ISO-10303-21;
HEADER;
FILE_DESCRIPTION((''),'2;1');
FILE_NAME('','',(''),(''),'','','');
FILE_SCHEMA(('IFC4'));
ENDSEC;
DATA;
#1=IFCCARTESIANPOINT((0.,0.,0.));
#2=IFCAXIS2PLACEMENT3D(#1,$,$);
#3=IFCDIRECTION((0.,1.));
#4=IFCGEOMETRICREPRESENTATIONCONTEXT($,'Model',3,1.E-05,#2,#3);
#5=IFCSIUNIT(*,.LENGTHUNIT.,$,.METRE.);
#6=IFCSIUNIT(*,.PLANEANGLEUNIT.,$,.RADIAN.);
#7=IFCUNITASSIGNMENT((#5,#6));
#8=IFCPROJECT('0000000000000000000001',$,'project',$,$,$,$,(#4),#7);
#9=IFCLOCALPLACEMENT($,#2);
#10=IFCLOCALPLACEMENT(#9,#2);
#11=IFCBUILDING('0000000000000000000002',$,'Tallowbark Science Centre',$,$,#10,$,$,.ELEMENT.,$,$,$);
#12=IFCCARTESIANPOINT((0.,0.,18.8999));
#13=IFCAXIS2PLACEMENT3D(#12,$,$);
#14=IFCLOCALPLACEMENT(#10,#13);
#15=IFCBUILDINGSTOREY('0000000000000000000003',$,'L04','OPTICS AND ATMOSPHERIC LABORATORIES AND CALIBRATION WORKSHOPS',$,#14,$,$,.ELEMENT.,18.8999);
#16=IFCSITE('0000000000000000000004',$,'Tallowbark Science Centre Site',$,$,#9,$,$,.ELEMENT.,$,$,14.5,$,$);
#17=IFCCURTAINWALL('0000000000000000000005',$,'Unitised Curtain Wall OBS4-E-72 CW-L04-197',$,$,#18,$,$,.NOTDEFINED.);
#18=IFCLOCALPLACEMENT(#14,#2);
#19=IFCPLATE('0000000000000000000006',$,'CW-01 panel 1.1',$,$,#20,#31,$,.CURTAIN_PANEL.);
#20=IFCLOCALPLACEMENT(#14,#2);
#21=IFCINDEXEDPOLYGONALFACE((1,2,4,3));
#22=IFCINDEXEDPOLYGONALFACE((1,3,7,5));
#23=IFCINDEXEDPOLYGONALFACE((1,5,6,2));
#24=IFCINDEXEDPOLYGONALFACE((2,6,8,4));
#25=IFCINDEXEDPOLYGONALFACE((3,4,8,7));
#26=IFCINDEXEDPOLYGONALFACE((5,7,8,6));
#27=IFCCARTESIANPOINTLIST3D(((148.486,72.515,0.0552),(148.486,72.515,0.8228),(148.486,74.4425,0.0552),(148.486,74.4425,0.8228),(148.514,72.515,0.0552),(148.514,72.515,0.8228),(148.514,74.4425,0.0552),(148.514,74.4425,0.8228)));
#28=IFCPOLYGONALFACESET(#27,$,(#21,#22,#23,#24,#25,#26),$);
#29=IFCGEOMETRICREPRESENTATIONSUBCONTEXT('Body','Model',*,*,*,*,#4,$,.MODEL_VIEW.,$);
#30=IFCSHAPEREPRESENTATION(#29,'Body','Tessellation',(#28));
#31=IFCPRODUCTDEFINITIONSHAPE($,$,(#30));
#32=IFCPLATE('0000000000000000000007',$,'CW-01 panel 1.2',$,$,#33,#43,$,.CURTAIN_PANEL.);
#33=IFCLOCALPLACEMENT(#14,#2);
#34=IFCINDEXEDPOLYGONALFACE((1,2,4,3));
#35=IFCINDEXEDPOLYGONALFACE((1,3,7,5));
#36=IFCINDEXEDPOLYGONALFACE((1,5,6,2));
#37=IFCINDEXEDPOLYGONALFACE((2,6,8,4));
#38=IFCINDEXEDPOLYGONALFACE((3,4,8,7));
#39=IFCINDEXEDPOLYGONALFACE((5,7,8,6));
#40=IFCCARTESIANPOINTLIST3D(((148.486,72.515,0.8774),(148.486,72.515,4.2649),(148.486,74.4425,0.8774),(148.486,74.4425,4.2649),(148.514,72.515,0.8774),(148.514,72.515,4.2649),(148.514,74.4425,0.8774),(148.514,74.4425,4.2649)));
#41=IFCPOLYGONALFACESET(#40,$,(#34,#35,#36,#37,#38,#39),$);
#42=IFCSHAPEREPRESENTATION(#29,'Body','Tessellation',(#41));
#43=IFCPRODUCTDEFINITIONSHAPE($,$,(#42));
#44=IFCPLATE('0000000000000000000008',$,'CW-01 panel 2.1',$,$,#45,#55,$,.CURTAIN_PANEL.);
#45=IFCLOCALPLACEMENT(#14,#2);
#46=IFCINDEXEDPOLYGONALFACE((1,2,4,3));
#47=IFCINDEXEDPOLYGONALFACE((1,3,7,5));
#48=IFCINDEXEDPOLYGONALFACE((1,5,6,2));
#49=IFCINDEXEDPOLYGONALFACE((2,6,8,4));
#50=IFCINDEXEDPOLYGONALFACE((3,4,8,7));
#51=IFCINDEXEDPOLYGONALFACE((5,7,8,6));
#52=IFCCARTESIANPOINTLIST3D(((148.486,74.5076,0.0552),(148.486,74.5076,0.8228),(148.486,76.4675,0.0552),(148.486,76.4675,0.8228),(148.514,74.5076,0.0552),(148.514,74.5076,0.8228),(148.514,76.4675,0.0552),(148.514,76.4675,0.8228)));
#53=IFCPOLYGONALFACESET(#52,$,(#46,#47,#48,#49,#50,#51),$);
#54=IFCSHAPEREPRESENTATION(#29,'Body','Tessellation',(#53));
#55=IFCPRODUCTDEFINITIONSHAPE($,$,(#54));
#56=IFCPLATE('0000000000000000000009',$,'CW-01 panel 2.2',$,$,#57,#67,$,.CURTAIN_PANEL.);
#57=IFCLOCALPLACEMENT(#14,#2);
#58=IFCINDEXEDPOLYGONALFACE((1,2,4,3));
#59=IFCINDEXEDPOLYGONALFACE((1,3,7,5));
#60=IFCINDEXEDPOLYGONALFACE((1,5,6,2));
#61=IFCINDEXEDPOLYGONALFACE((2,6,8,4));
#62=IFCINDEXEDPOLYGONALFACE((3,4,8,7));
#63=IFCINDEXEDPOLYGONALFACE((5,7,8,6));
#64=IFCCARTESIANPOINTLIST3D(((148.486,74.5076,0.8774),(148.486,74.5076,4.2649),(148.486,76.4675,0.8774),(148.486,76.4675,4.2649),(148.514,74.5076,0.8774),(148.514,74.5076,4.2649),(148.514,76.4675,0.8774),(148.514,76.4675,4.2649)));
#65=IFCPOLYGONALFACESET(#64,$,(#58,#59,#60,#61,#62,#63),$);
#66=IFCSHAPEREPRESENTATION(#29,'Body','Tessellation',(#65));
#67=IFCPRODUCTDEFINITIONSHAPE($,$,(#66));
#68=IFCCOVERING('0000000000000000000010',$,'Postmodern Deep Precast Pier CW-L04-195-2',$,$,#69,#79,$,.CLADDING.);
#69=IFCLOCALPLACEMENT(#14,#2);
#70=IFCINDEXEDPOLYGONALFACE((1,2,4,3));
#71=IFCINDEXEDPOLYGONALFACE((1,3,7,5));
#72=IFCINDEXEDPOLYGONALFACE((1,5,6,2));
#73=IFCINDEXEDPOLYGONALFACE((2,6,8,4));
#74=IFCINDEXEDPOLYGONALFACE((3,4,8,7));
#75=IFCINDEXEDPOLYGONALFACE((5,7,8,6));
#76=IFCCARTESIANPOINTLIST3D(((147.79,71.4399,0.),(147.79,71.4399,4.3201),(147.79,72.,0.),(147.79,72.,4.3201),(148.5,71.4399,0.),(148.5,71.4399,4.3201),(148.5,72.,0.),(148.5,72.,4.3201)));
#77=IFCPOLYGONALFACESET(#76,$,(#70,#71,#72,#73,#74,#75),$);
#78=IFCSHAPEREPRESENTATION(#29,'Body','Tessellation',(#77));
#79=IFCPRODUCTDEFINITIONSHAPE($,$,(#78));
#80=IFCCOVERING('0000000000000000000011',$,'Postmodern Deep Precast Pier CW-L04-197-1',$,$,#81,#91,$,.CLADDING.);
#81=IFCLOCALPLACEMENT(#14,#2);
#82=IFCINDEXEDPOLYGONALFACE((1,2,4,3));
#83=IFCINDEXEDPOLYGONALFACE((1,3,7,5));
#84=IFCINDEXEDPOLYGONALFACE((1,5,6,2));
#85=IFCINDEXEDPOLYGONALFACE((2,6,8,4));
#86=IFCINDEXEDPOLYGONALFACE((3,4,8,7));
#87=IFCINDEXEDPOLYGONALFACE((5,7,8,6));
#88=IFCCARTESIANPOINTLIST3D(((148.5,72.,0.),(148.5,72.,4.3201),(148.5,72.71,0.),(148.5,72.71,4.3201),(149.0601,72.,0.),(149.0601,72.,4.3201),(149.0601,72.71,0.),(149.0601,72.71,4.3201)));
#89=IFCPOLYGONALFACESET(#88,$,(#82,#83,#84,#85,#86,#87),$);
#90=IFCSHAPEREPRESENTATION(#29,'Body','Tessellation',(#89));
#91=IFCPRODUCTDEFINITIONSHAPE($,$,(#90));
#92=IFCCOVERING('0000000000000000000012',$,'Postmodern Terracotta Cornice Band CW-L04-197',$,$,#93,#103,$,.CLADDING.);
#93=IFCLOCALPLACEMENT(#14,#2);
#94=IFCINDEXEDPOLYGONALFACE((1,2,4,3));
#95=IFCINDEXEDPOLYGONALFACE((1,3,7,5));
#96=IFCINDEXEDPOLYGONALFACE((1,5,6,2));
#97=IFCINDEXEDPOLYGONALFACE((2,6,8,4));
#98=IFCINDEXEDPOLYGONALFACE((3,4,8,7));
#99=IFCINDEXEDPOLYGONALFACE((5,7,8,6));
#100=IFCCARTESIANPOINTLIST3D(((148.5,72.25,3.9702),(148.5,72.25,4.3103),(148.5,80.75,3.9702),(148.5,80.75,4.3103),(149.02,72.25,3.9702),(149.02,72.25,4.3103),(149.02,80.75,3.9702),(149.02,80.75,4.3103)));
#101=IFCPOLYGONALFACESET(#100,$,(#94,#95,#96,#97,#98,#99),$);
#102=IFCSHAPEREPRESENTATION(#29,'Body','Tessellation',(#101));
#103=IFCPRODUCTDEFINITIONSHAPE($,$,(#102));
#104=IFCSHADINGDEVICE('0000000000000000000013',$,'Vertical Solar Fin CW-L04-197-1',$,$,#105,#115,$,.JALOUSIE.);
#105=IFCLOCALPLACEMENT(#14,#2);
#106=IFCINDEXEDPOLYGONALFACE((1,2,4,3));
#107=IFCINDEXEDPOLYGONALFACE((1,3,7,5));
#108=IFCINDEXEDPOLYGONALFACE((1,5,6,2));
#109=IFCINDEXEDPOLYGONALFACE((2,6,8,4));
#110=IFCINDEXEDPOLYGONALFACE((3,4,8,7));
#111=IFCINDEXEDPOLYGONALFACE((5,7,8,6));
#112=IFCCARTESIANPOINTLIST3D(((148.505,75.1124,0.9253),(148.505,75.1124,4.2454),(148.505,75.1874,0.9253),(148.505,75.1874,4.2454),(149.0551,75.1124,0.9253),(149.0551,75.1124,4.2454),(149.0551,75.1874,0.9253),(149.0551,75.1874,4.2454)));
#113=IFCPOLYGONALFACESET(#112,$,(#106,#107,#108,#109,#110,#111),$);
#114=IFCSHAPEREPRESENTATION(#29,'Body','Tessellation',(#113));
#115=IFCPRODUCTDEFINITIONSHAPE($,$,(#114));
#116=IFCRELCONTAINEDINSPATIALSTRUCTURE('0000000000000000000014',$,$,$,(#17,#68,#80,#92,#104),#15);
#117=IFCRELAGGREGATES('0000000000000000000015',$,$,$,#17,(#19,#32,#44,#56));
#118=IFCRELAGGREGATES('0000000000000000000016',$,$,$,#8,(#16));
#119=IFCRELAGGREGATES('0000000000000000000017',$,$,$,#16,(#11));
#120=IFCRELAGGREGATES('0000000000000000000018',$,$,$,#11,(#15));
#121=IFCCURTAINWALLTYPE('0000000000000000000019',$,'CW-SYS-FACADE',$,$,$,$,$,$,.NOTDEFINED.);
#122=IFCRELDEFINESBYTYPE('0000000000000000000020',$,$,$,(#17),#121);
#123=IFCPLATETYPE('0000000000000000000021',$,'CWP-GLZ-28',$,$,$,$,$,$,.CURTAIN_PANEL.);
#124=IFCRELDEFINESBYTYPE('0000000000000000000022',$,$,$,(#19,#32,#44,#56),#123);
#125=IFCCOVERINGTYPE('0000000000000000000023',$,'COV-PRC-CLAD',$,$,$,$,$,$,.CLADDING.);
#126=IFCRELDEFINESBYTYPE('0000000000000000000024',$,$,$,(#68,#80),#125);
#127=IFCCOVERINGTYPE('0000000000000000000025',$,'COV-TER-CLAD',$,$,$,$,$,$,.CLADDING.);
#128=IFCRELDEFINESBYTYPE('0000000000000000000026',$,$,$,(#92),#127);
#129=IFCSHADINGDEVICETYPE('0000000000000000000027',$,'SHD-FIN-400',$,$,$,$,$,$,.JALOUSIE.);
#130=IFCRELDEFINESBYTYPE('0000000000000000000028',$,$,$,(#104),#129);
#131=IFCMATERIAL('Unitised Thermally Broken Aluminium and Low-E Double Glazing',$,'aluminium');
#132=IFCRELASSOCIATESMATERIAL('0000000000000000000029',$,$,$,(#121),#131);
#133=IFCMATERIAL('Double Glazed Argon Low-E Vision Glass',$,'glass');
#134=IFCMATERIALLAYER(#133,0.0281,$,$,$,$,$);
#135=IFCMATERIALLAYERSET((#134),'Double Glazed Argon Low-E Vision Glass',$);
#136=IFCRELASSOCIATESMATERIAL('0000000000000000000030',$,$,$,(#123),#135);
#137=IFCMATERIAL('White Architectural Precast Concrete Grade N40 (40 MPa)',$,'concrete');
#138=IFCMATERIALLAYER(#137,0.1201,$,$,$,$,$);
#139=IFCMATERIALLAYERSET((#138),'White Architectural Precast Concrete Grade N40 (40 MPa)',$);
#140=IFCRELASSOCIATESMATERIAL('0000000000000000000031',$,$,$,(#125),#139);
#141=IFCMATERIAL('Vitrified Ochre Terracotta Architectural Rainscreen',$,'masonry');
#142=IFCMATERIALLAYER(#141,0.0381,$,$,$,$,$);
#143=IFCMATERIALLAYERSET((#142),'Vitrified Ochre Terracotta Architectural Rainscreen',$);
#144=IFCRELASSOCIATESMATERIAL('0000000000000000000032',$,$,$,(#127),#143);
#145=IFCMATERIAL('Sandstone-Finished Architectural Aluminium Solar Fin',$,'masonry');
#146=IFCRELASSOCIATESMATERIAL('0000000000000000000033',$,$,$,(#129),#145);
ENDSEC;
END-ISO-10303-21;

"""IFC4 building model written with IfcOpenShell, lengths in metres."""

from ifc_helpers import new_model, si_unit, direction, frame, origin, origin_2d, place, context, subcontext, project, spatial, rectangle, extrude, material, layer, layer_set, type_object, element, aggregate, save


model = new_model("IFC4")

# Units and contexts
model_context = context("Model", 3, precision=1e-05, world=origin(), true_north=direction((0.0, 1.0)))
body_context = subcontext(model_context, "Body", "Model", "MODEL_VIEW")
ifc_project = project(units=[si_unit("LENGTHUNIT", "METRE"), si_unit("PLANEANGLEUNIT", "RADIAN")], contexts=[model_context])

# Site, building, storey
site_placement = place(None, origin())
site = spatial("IfcSite", under=ifc_project, at=site_placement, Name="Tallowbark Science Centre Site", CompositionType="ELEMENT", RefElevation=14.5)
building_placement = place(site_placement, origin())
building = spatial("IfcBuilding", under=site, at=building_placement, Name="Tallowbark Science Centre", CompositionType="ELEMENT")
storey_placement = place(building_placement, frame((0.0, 0.0, 18.8999)))
storey = spatial("IfcBuildingStorey", under=building, at=storey_placement, Name="L04", Description="OPTICS AND ATMOSPHERIC LABORATORIES AND CALIBRATION WORKSHOPS", CompositionType="ELEMENT", Elevation=18.8999)

# Curtain wall
ifc_material_1 = material(Name="Unitised Thermally Broken Aluminium and Low-E Double Glazing", Category="aluminium")
curtain_wall_type = type_object("IfcCurtainWallType", Name="CW-SYS-FACADE", PredefinedType="NOTDEFINED", material=ifc_material_1)
curtain_wall_placement = place(storey_placement, origin())
curtain_wall = element("IfcCurtainWall", 1, at=curtain_wall_placement, inside=storey, type_object=curtain_wall_type, Name="Unitised Curtain Wall OBS4-E-72 CW-L04-197", PredefinedType="NOTDEFINED")

# Plates
ifc_material_2 = material(Name="Double Glazed Argon Low-E Vision Glass", Category="glass")
ifc_layer_1 = layer(ifc_material_2, 0.0281)
ifc_layer_set_1 = layer_set([ifc_layer_1], Name="Double Glazed Argon Low-E Vision Glass")
plate_type = type_object("IfcPlateType", Name="CWP-GLZ-28", PredefinedType="CURTAIN_PANEL", material=ifc_layer_set_1)
plate_1_placement = place(storey_placement, frame((148.5, 73.4788, 0.0552), z_axis=(0.0, 0.0, 1.0), x_axis=(0.0, 1.0, 0.0)))
plate_1 = element("IfcPlate", 2, at=plate_1_placement, type_object=plate_type, Name="CW-01 panel 1.1", PredefinedType="CURTAIN_PANEL", context=body_context, shape_type="SweptSolid", body=[
    extrude(rectangle(XDim=1.9275, YDim=0.0281, at=origin_2d()), origin(), (0.0, 0.0, 1.0), 0.7676),
])
plate_2_placement = place(storey_placement, frame((148.5, 73.4788, 0.8774), z_axis=(0.0, 0.0, 1.0), x_axis=(0.0, 1.0, 0.0)))
plate_2 = element("IfcPlate", 3, at=plate_2_placement, type_object=plate_type, Name="CW-01 panel 1.2", PredefinedType="CURTAIN_PANEL", context=body_context, shape_type="SweptSolid", body=[
    extrude(rectangle(XDim=1.9275, YDim=0.0281, at=origin_2d()), origin(), (0.0, 0.0, 1.0), 3.3875),
])
plate_3_placement = place(storey_placement, frame((148.5, 75.4875, 0.0552), z_axis=(0.0, 0.0, 1.0), x_axis=(0.0, 1.0, 0.0)))
plate_3 = element("IfcPlate", 4, at=plate_3_placement, type_object=plate_type, Name="CW-01 panel 2.1", PredefinedType="CURTAIN_PANEL", context=body_context, shape_type="SweptSolid", body=[
    extrude(rectangle(XDim=1.96, YDim=0.0281, at=origin_2d()), origin(), (0.0, 0.0, 1.0), 0.7676),
])
plate_4_placement = place(storey_placement, frame((148.5, 75.4875, 0.8774), z_axis=(0.0, 0.0, 1.0), x_axis=(0.0, 1.0, 0.0)))
plate_4 = element("IfcPlate", 5, at=plate_4_placement, type_object=plate_type, Name="CW-01 panel 2.2", PredefinedType="CURTAIN_PANEL", context=body_context, shape_type="SweptSolid", body=[
    extrude(rectangle(XDim=1.96, YDim=0.0281, at=origin_2d()), origin(), (0.0, 0.0, 1.0), 3.3875),
])
aggregate(curtain_wall, [plate_1, plate_2, plate_3, plate_4])

# Coverings
ifc_material_3 = material(Name="White Architectural Precast Concrete Grade N40 (40 MPa)", Category="concrete")
ifc_layer_2 = layer(ifc_material_3, 0.1201)
ifc_layer_set_2 = layer_set([ifc_layer_2], Name="White Architectural Precast Concrete Grade N40 (40 MPa)")
covering_type_1 = type_object("IfcCoveringType", Name="COV-PRC-CLAD", PredefinedType="CLADDING", material=ifc_layer_set_2)
for number, where, z_axis, x_axis, name in (
    (6, (148.145, 71.72, 0.0), (0.0, 0.0, 1.0), (1.0, 0.0, 0.0), "Postmodern Deep Precast Pier CW-L04-195-2"),
    (7, (148.78, 72.355, 0.0), (0.0, 0.0, 1.0), (0.0, 1.0, 0.0), "Postmodern Deep Precast Pier CW-L04-197-1"),
):
    element("IfcCovering", number, at=place(storey_placement, frame(where, z_axis=z_axis, x_axis=x_axis)), inside=storey, type_object=covering_type_1, Name=name, PredefinedType="CLADDING", context=body_context, shape_type="SweptSolid", body=[
        extrude(rectangle(XDim=0.71, YDim=0.5601, at=origin_2d()), origin(), (0.0, 0.0, 1.0), 4.3201),
    ])
ifc_material_4 = material(Name="Vitrified Ochre Terracotta Architectural Rainscreen", Category="masonry")
ifc_layer_3 = layer(ifc_material_4, 0.0381)
ifc_layer_set_3 = layer_set([ifc_layer_3], Name="Vitrified Ochre Terracotta Architectural Rainscreen")
covering_type_2 = type_object("IfcCoveringType", Name="COV-TER-CLAD", PredefinedType="CLADDING", material=ifc_layer_set_3)
covering_placement = place(storey_placement, frame((148.76, 76.5, 3.9702), z_axis=(0.0, 0.0, 1.0), x_axis=(0.0, 1.0, 0.0)))
element("IfcCovering", 8, at=covering_placement, inside=storey, type_object=covering_type_2, Name="Postmodern Terracotta Cornice Band CW-L04-197", PredefinedType="CLADDING", context=body_context, shape_type="SweptSolid", body=[
    extrude(rectangle(XDim=8.5, YDim=0.52, at=origin_2d()), origin(), (0.0, 0.0, 1.0), 0.3401),
])

# Shading device
ifc_material_5 = material(Name="Sandstone-Finished Architectural Aluminium Solar Fin", Category="masonry")
shading_device_type = type_object("IfcShadingDeviceType", Name="SHD-FIN-400", PredefinedType="JALOUSIE", material=ifc_material_5)
shading_device_placement = place(storey_placement, frame((148.78, 75.1499, 0.9253), z_axis=(0.0, 0.0, 1.0), x_axis=(0.0, 1.0, 0.0)))
element("IfcShadingDevice", 9, at=shading_device_placement, inside=storey, type_object=shading_device_type, Name="Vertical Solar Fin CW-L04-197-1", PredefinedType="JALOUSIE", context=body_context, shape_type="SweptSolid", body=[
    extrude(rectangle(XDim=0.075, YDim=0.55, at=origin_2d()), origin(), (0.0, 0.0, 1.0), 3.3201),
])

save(model, "model.ifc")
